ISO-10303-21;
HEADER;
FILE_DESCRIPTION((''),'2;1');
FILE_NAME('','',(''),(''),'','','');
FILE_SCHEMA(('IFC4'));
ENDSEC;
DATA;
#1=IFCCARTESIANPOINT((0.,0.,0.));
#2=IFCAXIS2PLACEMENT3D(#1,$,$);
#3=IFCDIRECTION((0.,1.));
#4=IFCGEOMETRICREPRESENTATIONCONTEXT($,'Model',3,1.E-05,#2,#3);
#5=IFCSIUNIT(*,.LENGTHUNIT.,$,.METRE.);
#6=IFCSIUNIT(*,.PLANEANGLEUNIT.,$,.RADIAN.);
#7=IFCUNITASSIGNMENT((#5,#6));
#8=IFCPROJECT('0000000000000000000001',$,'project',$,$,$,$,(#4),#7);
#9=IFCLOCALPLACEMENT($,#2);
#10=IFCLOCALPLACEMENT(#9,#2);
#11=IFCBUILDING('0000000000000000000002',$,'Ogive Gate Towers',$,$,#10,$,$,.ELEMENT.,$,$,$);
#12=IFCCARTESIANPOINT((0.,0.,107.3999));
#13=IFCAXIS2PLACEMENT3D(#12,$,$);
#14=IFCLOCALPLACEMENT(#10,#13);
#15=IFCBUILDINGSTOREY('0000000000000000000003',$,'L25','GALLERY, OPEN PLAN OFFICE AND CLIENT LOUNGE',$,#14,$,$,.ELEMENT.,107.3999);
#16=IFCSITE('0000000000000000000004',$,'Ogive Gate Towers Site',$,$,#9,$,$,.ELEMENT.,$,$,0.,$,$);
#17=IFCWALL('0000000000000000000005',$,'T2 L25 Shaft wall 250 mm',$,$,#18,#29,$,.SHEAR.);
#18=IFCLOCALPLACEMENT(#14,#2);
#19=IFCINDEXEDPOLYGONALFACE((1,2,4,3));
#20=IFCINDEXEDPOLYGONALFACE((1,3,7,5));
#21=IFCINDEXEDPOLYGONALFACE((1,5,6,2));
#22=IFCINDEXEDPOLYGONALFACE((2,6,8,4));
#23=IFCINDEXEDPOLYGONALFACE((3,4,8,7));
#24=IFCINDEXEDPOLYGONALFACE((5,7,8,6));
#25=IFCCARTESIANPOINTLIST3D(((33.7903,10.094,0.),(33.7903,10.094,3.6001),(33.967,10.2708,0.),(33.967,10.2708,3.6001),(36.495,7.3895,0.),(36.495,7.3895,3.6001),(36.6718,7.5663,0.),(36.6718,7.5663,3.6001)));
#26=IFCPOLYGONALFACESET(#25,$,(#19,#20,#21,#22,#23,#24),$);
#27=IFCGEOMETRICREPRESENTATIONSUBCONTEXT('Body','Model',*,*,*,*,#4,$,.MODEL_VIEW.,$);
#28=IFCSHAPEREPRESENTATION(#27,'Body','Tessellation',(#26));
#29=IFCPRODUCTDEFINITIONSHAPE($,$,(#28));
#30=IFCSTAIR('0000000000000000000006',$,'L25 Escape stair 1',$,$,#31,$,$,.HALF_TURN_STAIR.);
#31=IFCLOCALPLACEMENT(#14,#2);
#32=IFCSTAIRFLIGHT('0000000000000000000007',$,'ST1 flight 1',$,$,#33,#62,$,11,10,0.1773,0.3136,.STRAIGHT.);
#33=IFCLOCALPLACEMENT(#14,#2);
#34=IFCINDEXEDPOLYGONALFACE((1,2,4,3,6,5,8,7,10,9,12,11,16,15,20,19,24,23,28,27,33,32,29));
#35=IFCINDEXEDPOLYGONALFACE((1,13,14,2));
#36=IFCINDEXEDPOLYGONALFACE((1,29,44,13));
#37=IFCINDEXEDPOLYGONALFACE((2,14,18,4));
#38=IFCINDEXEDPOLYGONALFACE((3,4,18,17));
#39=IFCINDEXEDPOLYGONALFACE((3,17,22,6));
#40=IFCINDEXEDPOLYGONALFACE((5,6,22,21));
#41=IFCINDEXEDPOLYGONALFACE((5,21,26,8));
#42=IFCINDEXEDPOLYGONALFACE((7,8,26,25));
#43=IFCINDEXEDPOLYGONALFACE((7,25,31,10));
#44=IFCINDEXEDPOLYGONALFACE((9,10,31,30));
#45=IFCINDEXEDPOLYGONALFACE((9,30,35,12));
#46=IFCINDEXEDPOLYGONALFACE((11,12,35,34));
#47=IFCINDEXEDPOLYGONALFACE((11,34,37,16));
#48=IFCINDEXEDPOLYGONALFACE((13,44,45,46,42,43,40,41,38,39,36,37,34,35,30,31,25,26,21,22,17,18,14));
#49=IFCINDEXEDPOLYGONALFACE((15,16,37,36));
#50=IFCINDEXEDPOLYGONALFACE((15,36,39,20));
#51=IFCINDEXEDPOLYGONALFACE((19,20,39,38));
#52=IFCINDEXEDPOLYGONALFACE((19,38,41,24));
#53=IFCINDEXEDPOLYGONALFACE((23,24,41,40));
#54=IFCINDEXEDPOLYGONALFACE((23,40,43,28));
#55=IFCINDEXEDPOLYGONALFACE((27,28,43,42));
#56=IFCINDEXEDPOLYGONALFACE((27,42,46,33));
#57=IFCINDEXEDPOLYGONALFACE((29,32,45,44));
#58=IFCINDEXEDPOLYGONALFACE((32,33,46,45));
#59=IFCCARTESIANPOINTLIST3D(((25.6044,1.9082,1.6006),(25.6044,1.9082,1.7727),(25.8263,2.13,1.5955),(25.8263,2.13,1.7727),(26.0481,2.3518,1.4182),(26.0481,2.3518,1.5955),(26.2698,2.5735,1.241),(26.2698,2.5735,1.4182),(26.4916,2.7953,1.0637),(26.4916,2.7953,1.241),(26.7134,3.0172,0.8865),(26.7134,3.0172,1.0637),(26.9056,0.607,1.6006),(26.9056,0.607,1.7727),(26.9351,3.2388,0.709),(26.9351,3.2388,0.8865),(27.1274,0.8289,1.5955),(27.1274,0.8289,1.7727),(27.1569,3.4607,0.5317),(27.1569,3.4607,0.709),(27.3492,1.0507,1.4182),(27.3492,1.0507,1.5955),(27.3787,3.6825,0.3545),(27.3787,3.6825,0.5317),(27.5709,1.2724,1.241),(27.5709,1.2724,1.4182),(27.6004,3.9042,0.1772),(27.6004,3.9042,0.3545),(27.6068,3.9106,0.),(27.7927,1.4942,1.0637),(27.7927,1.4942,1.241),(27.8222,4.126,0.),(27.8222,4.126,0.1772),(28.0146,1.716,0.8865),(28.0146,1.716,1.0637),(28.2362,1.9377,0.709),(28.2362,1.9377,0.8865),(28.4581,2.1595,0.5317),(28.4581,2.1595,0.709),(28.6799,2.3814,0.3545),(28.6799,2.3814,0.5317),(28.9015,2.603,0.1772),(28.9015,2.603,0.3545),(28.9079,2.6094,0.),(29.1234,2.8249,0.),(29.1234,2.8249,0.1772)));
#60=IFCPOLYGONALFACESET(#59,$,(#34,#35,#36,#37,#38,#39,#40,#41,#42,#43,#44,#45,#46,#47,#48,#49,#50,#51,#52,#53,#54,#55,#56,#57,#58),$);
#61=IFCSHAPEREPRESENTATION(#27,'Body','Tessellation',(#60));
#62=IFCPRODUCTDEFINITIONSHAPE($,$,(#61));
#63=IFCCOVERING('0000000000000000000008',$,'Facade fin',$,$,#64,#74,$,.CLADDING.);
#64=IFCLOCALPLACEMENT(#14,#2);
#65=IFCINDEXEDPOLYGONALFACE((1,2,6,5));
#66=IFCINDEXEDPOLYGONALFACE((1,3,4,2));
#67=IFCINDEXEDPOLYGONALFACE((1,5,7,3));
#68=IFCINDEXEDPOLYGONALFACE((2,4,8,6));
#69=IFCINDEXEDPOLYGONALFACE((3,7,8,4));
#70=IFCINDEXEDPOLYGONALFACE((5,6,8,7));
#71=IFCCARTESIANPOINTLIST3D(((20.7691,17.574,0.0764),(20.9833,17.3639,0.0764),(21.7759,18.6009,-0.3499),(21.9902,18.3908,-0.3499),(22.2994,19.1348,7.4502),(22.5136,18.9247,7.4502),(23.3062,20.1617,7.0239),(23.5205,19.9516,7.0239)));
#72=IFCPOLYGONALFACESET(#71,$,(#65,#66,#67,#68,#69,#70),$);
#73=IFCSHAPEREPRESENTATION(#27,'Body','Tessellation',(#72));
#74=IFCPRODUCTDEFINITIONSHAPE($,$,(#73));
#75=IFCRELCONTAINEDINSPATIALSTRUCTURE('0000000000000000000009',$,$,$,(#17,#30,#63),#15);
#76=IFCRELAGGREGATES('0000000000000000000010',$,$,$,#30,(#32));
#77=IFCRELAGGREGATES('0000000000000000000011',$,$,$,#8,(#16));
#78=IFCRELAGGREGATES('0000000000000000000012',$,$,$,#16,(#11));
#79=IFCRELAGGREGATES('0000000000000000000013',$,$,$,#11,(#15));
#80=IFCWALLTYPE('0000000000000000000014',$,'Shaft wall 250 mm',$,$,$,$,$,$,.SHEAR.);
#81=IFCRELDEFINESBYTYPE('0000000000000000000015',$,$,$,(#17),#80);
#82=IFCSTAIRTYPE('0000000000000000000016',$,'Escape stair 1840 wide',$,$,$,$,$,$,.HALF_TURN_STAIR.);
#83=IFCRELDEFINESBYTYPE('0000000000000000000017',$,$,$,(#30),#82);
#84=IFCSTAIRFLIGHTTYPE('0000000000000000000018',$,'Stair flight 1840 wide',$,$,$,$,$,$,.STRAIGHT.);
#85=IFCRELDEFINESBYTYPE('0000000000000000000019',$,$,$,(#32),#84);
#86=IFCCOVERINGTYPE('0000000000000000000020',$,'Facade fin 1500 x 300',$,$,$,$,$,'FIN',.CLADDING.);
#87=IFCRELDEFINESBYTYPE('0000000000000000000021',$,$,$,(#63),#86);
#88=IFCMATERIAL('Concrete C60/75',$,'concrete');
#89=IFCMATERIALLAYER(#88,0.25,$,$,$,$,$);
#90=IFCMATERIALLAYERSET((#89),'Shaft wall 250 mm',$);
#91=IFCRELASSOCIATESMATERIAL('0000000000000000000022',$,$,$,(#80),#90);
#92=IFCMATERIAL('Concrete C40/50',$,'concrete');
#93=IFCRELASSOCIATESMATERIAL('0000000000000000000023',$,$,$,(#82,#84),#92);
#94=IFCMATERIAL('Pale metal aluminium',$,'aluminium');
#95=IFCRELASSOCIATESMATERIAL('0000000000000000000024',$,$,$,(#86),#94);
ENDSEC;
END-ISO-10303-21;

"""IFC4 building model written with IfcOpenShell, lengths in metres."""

from ifc_helpers import new_model, si_unit, direction, frame, frame_2d, origin, origin_2d, place, context, subcontext, project, spatial, polyline, rectangle, outline, extrude, material, layer, layer_set, material_profile, profile_set, type_object, element, aggregate, save


model = new_model("IFC4")

# Units and contexts
model_context = context("Model", 3, precision=1e-05, world=origin(), true_north=direction((0.0, 1.0)))
body_context = subcontext(model_context, "Body", "Model", "MODEL_VIEW")
ifc_project = project(units=[si_unit("LENGTHUNIT", "METRE"), si_unit("PLANEANGLEUNIT", "RADIAN")], contexts=[model_context])

# Site, building, storey
site_placement = place(None, origin())
site = spatial("IfcSite", under=ifc_project, at=site_placement, Name="Ogive Gate Towers Site", CompositionType="ELEMENT", RefElevation=0.0)
building_placement = place(site_placement, origin())
building = spatial("IfcBuilding", under=site, at=building_placement, Name="Ogive Gate Towers", CompositionType="ELEMENT")
storey_placement = place(building_placement, frame((0.0, 0.0, 107.3999)))
storey = spatial("IfcBuildingStorey", under=building, at=storey_placement, Name="L25", Description="GALLERY, OPEN PLAN OFFICE AND CLIENT LOUNGE", CompositionType="ELEMENT", Elevation=107.3999)

# Shared definitions
ifc_material_1 = material(Name="Concrete C40/50", Category="concrete")

# Shared definitions
ifc_material_2 = material(Name="Pale metal aluminium", Category="aluminium")

# Shared definitions
ifc_material_3 = material(Name="Concrete C60/75", Category="concrete")
ifc_layer_1 = layer(ifc_material_3, 0.25)
ifc_layer_set_1 = layer_set([ifc_layer_1], Name="Shaft wall 250 mm")
wall_type_1 = type_object("IfcWallType", Name="Shaft wall 250 mm", PredefinedType="SHEAR", material=ifc_layer_set_1)

# Wall
wall_1_placement = place(storey_placement, frame((36.5835, 7.4778, 0.0), z_axis=(0.0, 0.0, 1.0), x_axis=(-0.707139, 0.707075, 0.0)))
element("IfcWall", 1, at=wall_1_placement, inside=storey, type_object=wall_type_1, Name="T2 L25 Shaft wall 250 mm", PredefinedType="SHEAR", context=body_context, shape_type="SweptSolid", body=[
    extrude(rectangle(XDim=3.825, YDim=0.25, at=frame_2d((1.9126, 0.0))), origin(), (0.0, 0.0, 1.0), 3.6001),
])

# Stair, stair flight
stair_type = type_object("IfcStairType", Name="Escape stair 1840 wide", PredefinedType="HALF_TURN_STAIR", material=ifc_material_1)
stair_placement = place(storey_placement, origin())
stair = element("IfcStair", 2, at=stair_placement, inside=storey, type_object=stair_type, Name="L25 Escape stair 1", PredefinedType="HALF_TURN_STAIR")
stair_flight_type = type_object("IfcStairFlightType", Name="Stair flight 1840 wide", PredefinedType="STRAIGHT", material=ifc_material_1)
stair_flight_placement = place(storey_placement, frame((28.4729, 3.4753, 0.0), z_axis=(0.0, 0.0, 1.0), x_axis=(-0.707107, -0.707107, 0.0)))
stair_flight = element("IfcStairFlight", 3, at=stair_flight_placement, type_object=stair_flight_type, Name="ST1 flight 1", NumberOfRisers=11, NumberOfTreads=10, PredefinedType="STRAIGHT", RiserHeight=0.1773, TreadLength=0.3136, context=body_context, shape_type="SweptSolid", body=[
    extrude(outline(polyline([(0.0, 0.0), (0.0, 0.1772), (0.3137, 0.1772), (0.3137, 0.3545), (0.6272, 0.3545), (0.6272, 0.5317), (0.9409, 0.5317), (0.9409, 0.709), (1.2546, 0.709), (1.2546, 0.8865), (1.5681, 0.8865), (1.5681, 1.0637), (1.8818, 1.0637), (1.8818, 1.241), (2.1956, 1.241), (2.1956, 1.4182), (2.509, 1.4182), (2.509, 1.5955), (2.8228, 1.5955), (2.8228, 1.7727), (3.1365, 1.7727), (3.1365, 1.95), (3.1365, 1.6006), (0.3047, 0.0), (0.0, 0.0)])), frame((0.0, 0.9199, 0.0), z_axis=(0.0, -1.0, 0.0), x_axis=(1.0, 0.0, 0.0)), (0.0, 0.0, 1.0), 1.8401),
])
aggregate(stair, [stair_flight])

# Covering
ifc_material_profile_1 = material_profile(ifc_material_2, rectangle(XDim=0.3, YDim=1.5, at=origin_2d()), Name="1500 x 300 pale metal aluminium")
ifc_profile_set_1 = profile_set([ifc_material_profile_1], Name="Pale metal aluminium")
covering_type = type_object("IfcCoveringType", Name="Facade fin 1500 x 300", ElementType="FIN", PredefinedType="CLADDING", material=ifc_profile_set_1)
covering_placement = place(storey_placement, frame((21.3796, 17.9824, -0.1367), z_axis=(0.198971, 0.202939, 0.958763), x_axis=(-0.714053, 0.700092, 0.0)))
element("IfcCovering", 4, at=covering_placement, inside=storey, type_object=covering_type, Name="Facade fin", PredefinedType="CLADDING", context=body_context, shape_type="SweptSolid", body=[
    extrude(rectangle(XDim=0.3, YDim=1.5, at=origin_2d()), origin(), (0.0, 0.0, 1.0), 7.6909),
])

save(model, "model.ifc")
